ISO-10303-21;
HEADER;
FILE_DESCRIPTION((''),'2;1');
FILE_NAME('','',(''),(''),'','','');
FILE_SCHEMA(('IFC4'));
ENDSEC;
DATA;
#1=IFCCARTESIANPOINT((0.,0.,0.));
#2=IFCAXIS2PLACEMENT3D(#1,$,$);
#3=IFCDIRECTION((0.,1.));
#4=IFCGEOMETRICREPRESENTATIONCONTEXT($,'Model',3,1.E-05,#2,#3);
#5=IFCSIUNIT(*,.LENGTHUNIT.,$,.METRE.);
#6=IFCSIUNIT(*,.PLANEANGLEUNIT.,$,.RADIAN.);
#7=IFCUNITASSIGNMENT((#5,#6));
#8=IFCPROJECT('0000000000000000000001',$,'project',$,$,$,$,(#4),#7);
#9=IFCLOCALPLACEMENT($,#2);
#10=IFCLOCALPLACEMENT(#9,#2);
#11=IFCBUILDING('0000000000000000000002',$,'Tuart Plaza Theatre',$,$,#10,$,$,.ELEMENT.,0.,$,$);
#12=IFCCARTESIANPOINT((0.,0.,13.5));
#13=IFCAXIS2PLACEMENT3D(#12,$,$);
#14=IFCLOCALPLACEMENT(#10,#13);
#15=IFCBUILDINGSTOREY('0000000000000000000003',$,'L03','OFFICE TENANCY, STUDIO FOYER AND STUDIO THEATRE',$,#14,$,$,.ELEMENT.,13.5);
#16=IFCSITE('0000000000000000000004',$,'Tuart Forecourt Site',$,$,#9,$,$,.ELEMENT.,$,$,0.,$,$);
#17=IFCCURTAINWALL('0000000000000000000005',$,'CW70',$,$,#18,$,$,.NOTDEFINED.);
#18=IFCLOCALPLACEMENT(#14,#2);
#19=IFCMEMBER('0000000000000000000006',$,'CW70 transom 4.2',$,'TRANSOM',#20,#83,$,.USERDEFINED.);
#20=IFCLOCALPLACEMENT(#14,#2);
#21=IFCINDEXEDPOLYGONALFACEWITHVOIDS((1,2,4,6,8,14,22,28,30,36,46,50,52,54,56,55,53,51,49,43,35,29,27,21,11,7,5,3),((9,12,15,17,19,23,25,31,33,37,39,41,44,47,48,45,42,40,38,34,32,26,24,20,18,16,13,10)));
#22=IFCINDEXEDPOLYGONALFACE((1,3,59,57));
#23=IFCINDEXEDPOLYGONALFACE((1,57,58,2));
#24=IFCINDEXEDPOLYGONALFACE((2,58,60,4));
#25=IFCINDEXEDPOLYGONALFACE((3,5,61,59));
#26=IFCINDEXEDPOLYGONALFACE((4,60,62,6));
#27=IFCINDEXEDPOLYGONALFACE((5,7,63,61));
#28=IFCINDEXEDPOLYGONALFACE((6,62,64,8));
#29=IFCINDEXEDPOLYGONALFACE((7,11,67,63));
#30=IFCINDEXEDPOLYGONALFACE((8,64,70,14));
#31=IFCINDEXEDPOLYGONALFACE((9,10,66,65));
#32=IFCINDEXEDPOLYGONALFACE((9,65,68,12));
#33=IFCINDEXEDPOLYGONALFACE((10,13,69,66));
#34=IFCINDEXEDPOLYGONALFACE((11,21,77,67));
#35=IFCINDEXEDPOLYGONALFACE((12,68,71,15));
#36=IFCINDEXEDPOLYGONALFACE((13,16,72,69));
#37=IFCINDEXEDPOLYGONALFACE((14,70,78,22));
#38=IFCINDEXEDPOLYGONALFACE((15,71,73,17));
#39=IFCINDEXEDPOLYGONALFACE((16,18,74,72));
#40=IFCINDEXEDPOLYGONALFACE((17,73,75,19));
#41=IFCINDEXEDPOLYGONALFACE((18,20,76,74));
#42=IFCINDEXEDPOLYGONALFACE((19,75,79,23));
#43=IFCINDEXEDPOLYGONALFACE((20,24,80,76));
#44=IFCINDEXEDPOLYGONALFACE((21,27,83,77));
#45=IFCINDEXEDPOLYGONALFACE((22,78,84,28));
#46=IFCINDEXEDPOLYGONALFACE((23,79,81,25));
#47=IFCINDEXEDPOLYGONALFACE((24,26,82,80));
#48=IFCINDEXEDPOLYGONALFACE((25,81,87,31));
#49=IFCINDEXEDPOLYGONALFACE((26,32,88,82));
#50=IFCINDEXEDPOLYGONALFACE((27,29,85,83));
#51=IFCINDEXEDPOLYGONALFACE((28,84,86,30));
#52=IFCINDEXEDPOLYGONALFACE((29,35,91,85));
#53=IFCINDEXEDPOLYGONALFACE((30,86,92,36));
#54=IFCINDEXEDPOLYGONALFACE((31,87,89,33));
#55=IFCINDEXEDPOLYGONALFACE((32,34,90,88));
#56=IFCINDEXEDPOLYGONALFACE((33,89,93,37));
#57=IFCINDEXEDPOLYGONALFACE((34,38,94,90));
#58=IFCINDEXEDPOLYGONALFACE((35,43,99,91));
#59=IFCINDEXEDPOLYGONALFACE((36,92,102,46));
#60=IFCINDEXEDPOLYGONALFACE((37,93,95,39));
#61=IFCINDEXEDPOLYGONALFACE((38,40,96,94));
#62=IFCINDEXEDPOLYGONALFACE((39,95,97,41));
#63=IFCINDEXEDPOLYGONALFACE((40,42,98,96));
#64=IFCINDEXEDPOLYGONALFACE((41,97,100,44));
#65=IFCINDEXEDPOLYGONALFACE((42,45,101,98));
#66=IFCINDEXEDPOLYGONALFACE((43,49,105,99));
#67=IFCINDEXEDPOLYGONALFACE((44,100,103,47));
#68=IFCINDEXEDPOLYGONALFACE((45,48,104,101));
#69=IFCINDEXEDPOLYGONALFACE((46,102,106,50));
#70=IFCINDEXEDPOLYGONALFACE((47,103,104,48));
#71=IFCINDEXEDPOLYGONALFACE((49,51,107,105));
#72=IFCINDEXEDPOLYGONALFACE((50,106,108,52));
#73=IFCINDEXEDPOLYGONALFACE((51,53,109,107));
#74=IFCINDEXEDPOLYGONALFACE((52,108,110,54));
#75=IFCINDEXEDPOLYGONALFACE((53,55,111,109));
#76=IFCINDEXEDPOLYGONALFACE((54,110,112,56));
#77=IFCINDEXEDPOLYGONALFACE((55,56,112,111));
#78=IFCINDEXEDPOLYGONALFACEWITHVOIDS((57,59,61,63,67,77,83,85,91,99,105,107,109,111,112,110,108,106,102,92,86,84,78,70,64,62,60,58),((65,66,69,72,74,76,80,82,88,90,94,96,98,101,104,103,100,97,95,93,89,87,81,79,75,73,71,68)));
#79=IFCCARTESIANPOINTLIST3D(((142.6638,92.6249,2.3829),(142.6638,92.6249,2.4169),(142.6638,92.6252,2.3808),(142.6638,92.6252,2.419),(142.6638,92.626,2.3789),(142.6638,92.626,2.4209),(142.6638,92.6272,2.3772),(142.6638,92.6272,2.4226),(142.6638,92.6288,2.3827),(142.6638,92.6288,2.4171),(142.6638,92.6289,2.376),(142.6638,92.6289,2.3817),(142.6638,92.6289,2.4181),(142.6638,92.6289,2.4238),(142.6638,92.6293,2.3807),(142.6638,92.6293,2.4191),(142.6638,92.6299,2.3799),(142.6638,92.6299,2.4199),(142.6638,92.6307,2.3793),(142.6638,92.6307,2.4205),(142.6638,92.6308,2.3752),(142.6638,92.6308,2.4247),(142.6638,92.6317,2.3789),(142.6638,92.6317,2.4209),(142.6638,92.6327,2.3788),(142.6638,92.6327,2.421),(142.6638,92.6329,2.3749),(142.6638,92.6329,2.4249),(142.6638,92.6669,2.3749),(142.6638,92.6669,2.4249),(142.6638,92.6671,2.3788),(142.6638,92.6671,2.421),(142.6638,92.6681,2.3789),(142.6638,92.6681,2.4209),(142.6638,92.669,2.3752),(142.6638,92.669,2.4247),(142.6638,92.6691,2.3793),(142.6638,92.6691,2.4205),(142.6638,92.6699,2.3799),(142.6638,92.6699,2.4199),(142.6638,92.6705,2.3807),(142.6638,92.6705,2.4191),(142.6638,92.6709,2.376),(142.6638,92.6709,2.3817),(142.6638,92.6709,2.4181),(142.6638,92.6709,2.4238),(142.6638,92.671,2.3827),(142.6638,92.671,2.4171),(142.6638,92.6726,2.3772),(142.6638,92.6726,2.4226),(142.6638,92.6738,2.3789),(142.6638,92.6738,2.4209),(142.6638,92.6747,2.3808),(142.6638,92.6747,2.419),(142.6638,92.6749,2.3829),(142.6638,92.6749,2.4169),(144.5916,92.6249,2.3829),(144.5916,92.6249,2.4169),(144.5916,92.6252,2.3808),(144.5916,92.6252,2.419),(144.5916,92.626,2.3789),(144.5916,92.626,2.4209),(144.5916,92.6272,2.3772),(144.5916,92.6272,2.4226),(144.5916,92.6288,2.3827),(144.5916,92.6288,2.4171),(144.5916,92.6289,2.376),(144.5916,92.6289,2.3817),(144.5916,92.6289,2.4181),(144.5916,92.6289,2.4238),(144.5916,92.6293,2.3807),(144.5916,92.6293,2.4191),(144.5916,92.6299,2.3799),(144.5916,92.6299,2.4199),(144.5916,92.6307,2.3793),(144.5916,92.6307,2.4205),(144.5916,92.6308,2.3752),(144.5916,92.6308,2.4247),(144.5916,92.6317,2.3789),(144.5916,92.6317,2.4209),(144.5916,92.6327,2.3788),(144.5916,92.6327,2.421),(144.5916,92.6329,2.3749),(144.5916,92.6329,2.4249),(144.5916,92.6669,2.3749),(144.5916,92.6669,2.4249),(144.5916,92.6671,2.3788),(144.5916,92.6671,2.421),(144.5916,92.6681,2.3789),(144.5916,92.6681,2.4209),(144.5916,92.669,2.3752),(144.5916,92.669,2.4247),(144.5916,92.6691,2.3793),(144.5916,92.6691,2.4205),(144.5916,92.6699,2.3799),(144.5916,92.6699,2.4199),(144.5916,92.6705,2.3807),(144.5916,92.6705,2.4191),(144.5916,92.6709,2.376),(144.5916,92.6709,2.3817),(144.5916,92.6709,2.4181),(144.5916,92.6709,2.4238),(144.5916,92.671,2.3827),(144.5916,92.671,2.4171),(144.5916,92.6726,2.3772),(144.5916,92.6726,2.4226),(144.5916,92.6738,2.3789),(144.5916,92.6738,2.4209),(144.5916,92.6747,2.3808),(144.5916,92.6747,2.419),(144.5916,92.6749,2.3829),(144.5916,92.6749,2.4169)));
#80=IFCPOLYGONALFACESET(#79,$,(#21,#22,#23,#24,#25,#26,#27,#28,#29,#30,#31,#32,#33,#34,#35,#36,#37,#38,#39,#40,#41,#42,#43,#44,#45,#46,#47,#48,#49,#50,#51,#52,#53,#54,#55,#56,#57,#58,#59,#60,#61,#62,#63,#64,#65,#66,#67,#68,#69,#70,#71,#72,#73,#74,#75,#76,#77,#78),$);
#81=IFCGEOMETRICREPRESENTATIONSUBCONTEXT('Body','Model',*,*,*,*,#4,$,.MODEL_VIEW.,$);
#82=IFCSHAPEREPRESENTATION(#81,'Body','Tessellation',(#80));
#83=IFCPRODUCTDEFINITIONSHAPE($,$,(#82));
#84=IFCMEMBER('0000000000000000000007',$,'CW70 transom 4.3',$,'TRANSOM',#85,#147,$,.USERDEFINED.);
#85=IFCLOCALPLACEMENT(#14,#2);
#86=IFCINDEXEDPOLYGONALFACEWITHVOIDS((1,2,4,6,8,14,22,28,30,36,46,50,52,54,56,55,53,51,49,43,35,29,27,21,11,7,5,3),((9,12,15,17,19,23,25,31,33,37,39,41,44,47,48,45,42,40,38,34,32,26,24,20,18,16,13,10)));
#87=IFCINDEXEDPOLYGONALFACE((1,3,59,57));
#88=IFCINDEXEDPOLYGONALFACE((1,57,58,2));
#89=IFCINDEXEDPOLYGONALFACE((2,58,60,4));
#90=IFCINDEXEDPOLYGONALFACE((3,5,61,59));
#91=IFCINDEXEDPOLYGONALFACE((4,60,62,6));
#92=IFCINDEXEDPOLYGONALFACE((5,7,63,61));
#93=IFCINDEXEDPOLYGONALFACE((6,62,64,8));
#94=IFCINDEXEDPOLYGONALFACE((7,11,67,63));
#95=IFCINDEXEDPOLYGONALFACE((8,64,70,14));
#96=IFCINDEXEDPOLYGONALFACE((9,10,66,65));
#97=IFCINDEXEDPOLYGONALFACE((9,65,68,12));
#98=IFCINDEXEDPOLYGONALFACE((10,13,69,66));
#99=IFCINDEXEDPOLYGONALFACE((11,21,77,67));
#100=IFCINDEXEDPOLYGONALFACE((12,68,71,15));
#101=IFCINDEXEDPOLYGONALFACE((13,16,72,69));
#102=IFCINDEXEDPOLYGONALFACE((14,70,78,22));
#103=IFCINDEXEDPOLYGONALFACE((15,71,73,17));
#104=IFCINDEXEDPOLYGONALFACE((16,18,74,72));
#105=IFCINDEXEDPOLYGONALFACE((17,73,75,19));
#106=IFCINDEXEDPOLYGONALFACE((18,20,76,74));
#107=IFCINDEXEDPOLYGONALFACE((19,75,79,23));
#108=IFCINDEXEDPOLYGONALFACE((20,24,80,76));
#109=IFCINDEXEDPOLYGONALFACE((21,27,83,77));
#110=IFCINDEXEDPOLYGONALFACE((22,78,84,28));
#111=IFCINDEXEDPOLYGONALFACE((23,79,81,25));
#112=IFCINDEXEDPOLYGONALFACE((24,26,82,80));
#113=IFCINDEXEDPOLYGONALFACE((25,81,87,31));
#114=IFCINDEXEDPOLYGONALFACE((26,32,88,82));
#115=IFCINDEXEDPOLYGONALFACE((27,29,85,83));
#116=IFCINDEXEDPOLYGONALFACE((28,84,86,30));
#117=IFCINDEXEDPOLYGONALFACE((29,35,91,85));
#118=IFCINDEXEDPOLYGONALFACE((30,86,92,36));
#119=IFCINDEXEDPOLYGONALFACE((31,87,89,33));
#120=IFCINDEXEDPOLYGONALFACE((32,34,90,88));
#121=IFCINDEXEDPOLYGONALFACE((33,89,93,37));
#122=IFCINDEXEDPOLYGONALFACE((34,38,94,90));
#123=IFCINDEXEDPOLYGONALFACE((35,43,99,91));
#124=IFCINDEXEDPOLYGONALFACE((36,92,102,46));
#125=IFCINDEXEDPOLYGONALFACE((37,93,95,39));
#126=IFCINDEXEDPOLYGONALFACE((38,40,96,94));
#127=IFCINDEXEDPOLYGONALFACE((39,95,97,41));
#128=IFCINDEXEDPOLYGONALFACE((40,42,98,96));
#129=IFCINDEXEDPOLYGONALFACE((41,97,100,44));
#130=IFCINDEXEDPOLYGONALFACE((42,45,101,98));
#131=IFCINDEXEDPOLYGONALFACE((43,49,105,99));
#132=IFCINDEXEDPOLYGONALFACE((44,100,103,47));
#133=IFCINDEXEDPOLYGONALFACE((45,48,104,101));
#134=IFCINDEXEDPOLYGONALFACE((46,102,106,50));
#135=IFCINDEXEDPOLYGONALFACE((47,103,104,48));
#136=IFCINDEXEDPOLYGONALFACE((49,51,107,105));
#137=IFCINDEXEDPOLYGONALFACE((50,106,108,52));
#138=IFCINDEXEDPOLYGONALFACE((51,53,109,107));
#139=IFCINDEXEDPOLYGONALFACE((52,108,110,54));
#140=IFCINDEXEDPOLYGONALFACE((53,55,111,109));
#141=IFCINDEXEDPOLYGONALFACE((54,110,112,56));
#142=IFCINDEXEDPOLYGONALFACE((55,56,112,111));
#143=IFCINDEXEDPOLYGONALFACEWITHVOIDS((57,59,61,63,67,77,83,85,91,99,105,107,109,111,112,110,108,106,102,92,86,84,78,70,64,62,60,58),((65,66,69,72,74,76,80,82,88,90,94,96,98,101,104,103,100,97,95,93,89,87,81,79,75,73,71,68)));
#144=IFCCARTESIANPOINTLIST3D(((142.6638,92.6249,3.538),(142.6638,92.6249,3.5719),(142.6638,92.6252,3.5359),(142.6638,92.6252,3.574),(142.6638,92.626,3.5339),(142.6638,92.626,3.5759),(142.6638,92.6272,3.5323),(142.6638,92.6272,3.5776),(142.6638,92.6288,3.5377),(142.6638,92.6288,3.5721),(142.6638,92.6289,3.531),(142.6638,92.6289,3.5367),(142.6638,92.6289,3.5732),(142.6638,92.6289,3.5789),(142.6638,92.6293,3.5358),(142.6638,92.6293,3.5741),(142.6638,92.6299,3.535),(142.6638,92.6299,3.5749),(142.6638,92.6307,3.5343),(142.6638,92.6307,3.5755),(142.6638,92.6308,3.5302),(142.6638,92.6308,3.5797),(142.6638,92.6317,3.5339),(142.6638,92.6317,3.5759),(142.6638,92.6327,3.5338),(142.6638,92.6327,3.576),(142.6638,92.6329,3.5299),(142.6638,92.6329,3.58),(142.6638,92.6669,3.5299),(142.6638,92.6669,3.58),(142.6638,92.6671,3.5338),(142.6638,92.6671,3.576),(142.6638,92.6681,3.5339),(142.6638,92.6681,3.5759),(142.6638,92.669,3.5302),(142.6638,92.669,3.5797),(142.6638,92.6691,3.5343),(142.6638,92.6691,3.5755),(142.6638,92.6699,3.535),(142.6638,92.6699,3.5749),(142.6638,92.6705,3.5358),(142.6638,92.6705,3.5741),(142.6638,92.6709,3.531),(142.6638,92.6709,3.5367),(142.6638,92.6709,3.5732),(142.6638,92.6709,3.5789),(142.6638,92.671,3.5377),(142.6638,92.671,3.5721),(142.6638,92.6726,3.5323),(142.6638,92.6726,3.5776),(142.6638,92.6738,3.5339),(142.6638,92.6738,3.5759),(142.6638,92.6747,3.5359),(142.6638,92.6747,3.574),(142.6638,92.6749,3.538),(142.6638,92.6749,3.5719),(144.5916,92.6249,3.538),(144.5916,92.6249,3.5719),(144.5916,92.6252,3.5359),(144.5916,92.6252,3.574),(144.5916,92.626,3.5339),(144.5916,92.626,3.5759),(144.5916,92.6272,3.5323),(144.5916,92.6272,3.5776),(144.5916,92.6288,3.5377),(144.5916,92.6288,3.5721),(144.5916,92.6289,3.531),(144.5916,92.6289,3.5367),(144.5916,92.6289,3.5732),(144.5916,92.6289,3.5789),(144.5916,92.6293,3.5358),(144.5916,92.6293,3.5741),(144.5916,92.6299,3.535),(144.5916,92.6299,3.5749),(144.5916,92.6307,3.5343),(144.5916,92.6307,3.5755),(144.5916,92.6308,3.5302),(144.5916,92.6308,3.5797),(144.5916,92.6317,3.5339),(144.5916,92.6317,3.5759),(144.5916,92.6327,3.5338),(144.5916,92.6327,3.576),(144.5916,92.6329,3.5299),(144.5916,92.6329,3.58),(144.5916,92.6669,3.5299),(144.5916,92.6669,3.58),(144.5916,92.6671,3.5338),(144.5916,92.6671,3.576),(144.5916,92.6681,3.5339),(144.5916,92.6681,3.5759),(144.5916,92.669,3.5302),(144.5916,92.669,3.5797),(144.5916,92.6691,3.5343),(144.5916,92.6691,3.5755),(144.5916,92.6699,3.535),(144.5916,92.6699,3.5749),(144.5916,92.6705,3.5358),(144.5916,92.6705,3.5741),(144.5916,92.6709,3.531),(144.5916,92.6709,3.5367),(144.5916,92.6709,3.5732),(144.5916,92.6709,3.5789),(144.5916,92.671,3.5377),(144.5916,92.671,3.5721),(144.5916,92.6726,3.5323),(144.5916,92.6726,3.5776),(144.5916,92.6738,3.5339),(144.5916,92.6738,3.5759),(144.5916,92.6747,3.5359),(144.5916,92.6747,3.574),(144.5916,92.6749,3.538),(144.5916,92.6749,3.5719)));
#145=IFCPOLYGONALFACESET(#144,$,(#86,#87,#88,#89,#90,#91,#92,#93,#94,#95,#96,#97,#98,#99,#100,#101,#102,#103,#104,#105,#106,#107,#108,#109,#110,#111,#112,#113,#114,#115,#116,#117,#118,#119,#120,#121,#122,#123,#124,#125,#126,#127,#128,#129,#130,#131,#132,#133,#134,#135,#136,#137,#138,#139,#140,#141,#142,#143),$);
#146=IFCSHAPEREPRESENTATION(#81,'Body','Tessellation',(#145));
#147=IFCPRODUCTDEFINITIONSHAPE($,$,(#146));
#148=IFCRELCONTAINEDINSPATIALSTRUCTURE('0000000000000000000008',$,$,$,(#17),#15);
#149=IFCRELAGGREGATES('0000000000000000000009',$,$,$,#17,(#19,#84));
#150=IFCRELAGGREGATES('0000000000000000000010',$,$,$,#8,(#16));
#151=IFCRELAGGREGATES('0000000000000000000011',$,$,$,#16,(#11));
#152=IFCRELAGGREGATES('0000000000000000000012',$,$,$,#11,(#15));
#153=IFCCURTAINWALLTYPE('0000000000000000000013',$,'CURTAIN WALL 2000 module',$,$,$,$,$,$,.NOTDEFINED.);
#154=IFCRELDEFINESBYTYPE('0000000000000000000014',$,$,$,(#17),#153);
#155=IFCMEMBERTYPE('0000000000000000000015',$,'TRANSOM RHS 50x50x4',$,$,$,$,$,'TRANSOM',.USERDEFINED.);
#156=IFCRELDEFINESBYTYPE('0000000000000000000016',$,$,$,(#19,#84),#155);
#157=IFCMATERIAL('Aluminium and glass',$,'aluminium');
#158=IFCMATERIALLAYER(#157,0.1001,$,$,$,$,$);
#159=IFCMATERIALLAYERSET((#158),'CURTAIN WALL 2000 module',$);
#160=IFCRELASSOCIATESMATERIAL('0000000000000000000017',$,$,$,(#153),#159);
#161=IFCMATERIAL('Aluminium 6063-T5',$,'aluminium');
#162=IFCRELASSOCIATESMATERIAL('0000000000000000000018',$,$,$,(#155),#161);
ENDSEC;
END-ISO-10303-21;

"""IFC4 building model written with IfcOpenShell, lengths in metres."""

from ifc_helpers import new_model, si_unit, direction, frame, origin, origin_2d, place, context, subcontext, project, spatial, hollow_rectangle, extrude, material, layer, layer_set, material_profile, profile_set, type_object, element, aggregate, save


model = new_model("IFC4")

# Units and contexts
model_context = context("Model", 3, precision=1e-05, world=origin(), true_north=direction((0.0, 1.0)))
body_context = subcontext(model_context, "Body", "Model", "MODEL_VIEW")
ifc_project = project(units=[si_unit("LENGTHUNIT", "METRE"), si_unit("PLANEANGLEUNIT", "RADIAN")], contexts=[model_context])

# Site, building, storey
site_placement = place(None, origin())
site = spatial("IfcSite", under=ifc_project, at=site_placement, Name="Tuart Forecourt Site", CompositionType="ELEMENT", RefElevation=0.0)
building_placement = place(site_placement, origin())
building = spatial("IfcBuilding", under=site, at=building_placement, Name="Tuart Plaza Theatre", CompositionType="ELEMENT", ElevationOfRefHeight=0.0)
storey_placement = place(building_placement, frame((0.0, 0.0, 13.5)))
storey = spatial("IfcBuildingStorey", under=building, at=storey_placement, Name="L03", Description="OFFICE TENANCY, STUDIO FOYER AND STUDIO THEATRE", CompositionType="ELEMENT", Elevation=13.5)

# Curtain wall, members
ifc_material_1 = material(Name="Aluminium and glass", Category="aluminium")
ifc_layer_1 = layer(ifc_material_1, 0.1001)
ifc_layer_set_1 = layer_set([ifc_layer_1], Name="CURTAIN WALL 2000 module")
curtain_wall_type = type_object("IfcCurtainWallType", Name="CURTAIN WALL 2000 module", PredefinedType="NOTDEFINED", material=ifc_layer_set_1)
curtain_wall_placement = place(storey_placement, origin())
curtain_wall = element("IfcCurtainWall", 1, at=curtain_wall_placement, inside=storey, type_object=curtain_wall_type, Name="CW70", PredefinedType="NOTDEFINED")
ifc_material_2 = material(Name="Aluminium 6063-T5", Category="aluminium")
ifc_material_profile_1 = material_profile(ifc_material_2, hollow_rectangle(XDim=0.05, YDim=0.05, WallThickness=0.0039, InnerFilletRadius=0.0039, OuterFilletRadius=0.0081, at=origin_2d()), Name="RHS 50x50x4")
ifc_profile_set_1 = profile_set([ifc_material_profile_1], Name="Aluminium 6063-T5")
member_type_1 = type_object("IfcMemberType", Name="TRANSOM RHS 50x50x4", ElementType="TRANSOM", PredefinedType="USERDEFINED", material=ifc_profile_set_1)
member_1_placement = place(storey_placement, frame((144.5916, 92.6499, 2.3999), z_axis=(-1.0, 0.0, 0.0), x_axis=(0.0, -1.0, 0.0)))
member_1 = element("IfcMember", 2, at=member_1_placement, type_object=member_type_1, Name="CW70 transom 4.2", ObjectType="TRANSOM", PredefinedType="USERDEFINED", context=body_context, shape_type="SweptSolid", body=[
    extrude(hollow_rectangle(XDim=0.05, YDim=0.05, WallThickness=0.0039, InnerFilletRadius=0.0039, OuterFilletRadius=0.0081, at=origin_2d()), origin(), (0.0, 0.0, 1.0), 1.9277),
])
member_2_placement = place(storey_placement, frame((144.5916, 92.6499, 3.5549), z_axis=(-1.0, 0.0, 0.0), x_axis=(0.0, -1.0, 0.0)))
member_2 = element("IfcMember", 3, at=member_2_placement, type_object=member_type_1, Name="CW70 transom 4.3", ObjectType="TRANSOM", PredefinedType="USERDEFINED", context=body_context, shape_type="SweptSolid", body=[
    extrude(hollow_rectangle(XDim=0.05, YDim=0.05, WallThickness=0.0039, InnerFilletRadius=0.0039, OuterFilletRadius=0.0081, at=origin_2d()), origin(), (0.0, 0.0, 1.0), 1.9277),
])
aggregate(curtain_wall, [member_1, member_2])

save(model, "model.ifc")
